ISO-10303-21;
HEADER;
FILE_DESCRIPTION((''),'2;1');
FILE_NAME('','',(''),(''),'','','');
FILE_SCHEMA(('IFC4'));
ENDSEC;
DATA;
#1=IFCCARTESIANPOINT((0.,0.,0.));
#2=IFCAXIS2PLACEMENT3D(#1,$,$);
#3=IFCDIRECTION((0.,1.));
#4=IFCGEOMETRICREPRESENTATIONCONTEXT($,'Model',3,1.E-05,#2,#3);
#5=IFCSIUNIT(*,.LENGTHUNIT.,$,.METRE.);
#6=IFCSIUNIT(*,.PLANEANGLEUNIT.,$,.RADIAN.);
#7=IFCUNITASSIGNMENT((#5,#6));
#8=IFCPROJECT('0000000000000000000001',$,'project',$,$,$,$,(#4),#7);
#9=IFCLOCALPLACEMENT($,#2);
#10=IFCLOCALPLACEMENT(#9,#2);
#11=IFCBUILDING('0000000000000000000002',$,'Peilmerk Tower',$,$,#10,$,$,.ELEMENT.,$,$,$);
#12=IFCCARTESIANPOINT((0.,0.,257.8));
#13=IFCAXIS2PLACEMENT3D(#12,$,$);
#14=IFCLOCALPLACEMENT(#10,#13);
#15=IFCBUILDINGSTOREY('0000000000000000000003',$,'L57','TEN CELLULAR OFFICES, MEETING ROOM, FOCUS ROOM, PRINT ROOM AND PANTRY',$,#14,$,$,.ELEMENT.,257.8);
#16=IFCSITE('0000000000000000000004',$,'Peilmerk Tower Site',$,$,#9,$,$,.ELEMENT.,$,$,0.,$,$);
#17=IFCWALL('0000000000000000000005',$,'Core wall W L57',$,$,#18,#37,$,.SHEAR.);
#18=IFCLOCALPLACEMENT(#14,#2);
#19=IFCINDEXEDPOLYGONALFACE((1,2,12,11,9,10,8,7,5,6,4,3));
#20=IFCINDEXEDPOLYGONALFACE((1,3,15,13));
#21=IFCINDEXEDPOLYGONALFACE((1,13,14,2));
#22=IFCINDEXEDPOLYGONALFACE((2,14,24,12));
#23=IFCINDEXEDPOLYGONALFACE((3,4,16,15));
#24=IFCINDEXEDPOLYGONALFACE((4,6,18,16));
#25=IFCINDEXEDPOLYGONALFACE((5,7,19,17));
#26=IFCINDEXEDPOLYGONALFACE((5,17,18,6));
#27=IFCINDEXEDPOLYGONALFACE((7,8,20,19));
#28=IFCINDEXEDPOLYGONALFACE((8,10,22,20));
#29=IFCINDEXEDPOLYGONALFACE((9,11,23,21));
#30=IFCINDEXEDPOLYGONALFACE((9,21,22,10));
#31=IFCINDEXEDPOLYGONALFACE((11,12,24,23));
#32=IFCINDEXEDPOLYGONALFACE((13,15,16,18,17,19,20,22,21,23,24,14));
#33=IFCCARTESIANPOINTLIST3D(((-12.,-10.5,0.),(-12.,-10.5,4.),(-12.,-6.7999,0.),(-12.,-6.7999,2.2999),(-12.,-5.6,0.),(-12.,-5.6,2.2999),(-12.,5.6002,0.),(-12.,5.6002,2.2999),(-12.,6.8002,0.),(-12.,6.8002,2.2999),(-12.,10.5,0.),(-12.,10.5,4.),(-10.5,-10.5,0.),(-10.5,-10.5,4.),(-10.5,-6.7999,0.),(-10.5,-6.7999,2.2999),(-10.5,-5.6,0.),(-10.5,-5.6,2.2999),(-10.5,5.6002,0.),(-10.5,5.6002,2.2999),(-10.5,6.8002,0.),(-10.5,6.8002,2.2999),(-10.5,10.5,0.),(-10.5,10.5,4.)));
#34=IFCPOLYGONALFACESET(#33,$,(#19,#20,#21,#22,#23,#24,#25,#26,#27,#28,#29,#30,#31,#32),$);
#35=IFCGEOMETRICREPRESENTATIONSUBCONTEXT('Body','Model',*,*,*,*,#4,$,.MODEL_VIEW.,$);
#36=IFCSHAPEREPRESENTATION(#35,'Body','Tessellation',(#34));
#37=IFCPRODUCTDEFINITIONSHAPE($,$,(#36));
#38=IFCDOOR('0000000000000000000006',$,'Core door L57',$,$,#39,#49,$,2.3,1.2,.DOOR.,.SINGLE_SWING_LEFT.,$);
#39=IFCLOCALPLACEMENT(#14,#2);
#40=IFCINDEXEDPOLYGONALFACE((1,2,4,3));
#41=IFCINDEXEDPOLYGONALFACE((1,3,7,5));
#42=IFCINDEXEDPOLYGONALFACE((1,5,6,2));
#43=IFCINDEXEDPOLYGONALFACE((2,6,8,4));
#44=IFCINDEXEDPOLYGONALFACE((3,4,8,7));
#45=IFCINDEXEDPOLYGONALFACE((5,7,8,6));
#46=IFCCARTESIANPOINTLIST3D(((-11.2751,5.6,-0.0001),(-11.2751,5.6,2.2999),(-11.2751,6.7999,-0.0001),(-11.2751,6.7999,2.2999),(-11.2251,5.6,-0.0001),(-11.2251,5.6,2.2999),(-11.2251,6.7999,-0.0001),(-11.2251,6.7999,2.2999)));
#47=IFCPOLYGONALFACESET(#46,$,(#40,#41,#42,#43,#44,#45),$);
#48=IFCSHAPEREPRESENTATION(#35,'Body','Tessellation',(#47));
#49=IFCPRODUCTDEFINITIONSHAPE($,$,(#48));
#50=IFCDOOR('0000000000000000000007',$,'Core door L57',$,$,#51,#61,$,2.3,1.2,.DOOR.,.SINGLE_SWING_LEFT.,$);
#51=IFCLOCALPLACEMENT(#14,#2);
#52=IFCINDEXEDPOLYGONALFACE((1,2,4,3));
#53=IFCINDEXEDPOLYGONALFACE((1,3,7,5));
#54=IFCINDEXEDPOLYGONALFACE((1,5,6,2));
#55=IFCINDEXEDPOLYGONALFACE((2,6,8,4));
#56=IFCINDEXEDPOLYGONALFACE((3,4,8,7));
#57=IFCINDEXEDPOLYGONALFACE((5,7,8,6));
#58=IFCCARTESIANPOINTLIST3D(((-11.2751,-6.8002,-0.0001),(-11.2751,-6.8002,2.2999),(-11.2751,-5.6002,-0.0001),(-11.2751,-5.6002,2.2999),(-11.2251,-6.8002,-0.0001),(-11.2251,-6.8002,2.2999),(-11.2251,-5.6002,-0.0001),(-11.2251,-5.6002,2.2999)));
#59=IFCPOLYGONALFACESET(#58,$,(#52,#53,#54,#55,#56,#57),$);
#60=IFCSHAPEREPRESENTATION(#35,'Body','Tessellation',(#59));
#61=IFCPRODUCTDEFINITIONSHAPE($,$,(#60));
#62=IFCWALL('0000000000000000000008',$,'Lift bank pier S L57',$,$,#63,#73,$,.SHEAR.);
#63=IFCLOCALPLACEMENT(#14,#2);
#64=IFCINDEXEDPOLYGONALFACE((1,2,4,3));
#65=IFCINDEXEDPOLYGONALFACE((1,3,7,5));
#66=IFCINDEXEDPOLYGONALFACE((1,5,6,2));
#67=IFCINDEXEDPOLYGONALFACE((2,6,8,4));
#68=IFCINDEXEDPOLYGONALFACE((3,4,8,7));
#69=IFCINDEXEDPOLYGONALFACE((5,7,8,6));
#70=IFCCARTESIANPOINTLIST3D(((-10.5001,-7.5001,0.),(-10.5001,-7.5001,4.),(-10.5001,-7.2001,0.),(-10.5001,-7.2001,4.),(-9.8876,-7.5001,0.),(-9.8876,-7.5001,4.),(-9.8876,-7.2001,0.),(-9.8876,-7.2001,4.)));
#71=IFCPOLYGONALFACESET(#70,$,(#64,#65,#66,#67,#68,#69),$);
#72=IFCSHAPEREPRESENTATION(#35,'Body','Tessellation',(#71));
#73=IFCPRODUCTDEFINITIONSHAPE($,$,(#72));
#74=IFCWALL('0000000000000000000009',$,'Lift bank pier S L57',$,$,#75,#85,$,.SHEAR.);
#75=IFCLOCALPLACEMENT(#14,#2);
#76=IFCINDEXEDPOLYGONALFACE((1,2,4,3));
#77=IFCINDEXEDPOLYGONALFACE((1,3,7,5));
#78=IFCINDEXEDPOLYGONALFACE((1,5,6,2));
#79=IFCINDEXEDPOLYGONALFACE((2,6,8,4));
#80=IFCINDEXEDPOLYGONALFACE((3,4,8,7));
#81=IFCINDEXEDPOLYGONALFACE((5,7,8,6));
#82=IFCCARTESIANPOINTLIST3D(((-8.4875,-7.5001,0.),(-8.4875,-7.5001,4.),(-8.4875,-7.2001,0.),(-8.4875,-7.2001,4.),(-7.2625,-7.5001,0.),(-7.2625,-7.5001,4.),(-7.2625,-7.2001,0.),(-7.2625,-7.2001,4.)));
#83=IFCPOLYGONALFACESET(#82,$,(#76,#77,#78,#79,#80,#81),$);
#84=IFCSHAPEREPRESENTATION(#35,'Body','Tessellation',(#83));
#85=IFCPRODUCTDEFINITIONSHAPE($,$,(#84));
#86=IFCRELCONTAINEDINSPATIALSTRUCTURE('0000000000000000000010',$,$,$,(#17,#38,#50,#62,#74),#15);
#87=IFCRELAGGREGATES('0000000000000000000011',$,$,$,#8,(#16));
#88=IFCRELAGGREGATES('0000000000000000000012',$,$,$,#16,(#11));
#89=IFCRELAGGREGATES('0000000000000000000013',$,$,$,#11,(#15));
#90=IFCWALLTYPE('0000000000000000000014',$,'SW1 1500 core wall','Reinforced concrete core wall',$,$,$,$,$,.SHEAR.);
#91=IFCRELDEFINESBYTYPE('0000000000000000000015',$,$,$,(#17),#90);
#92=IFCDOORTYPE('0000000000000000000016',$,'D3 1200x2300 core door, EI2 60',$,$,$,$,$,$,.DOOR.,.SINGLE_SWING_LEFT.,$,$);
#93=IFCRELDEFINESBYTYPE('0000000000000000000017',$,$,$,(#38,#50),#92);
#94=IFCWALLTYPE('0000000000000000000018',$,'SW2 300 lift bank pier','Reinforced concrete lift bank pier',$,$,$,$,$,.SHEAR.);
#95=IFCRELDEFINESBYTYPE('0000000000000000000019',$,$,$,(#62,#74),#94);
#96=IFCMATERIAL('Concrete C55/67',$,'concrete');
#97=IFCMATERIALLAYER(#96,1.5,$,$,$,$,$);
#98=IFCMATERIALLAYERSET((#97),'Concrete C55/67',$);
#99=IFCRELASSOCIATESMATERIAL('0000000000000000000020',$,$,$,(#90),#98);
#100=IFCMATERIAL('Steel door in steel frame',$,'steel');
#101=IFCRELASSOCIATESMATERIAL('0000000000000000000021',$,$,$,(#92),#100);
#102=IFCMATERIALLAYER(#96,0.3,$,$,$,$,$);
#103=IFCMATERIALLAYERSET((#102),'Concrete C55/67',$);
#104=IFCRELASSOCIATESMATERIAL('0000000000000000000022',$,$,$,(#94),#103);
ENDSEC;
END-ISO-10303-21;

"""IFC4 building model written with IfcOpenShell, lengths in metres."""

from ifc_helpers import new_model, si_unit, direction, frame, frame_2d, origin, place, context, subcontext, project, spatial, rectangle, extrude, material, layer, layer_set, type_object, element, fill, save


model = new_model("IFC4")

# Units and contexts
model_context = context("Model", 3, precision=1e-05, world=origin(), true_north=direction((0.0, 1.0)))
body_context = subcontext(model_context, "Body", "Model", "MODEL_VIEW")
ifc_project = project(units=[si_unit("LENGTHUNIT", "METRE"), si_unit("PLANEANGLEUNIT", "RADIAN")], contexts=[model_context])

# Site, building, storey
site_placement = place(None, origin())
site = spatial("IfcSite", under=ifc_project, at=site_placement, Name="Peilmerk Tower Site", CompositionType="ELEMENT", RefElevation=0.0)
building_placement = place(site_placement, origin())
building = spatial("IfcBuilding", under=site, at=building_placement, Name="Peilmerk Tower", CompositionType="ELEMENT")
storey_placement = place(building_placement, frame((0.0, 0.0, 257.8)))
storey = spatial("IfcBuildingStorey", under=building, at=storey_placement, Name="L57", Description="TEN CELLULAR OFFICES, MEETING ROOM, FOCUS ROOM, PRINT ROOM AND PANTRY", CompositionType="ELEMENT", Elevation=257.8)

# Wall, openings, doors
ifc_material_1 = material(Name="Concrete C55/67", Category="concrete")
ifc_layer_1 = layer(ifc_material_1, 1.5)
ifc_layer_set_1 = layer_set([ifc_layer_1], Name="Concrete C55/67")
wall_type_1 = type_object("IfcWallType", Name="SW1 1500 core wall", Description="Reinforced concrete core wall", PredefinedType="SHEAR", material=ifc_layer_set_1)
wall_1_placement = place(storey_placement, frame((-11.25, -10.5, 0.0), z_axis=(0.0, 0.0, 1.0), x_axis=(0.0, 1.0, 0.0)))
wall_1 = element("IfcWall", 1, at=wall_1_placement, inside=storey, type_object=wall_type_1, Name="Core wall W L57", PredefinedType="SHEAR", context=body_context, shape_type="SweptSolid", body=[
    extrude(rectangle(XDim=21.0, YDim=1.5, at=frame_2d((10.5, 0.0))), origin(), (0.0, 0.0, 1.0), 4.0),
])
opening_1_placement = place(wall_1_placement, frame((16.1001, 0.0, 0.0)))
opening_1 = element("IfcOpeningElement", 2, at=opening_1_placement, cuts=wall_1, PredefinedType="OPENING", context=body_context, shape_type="SweptSolid", body=[
    extrude(rectangle(XDim=1.2, YDim=2.3, at=frame_2d((0.6001, 1.1499))), frame((0.0, 0.76, 0.0), z_axis=(0.0, -1.0, 0.0), x_axis=(1.0, 0.0, 0.0)), (0.0, 0.0, 1.0), 1.52),
])
opening_2_placement = place(wall_1_placement, frame((3.7, 0.0, 0.0)))
opening_2 = element("IfcOpeningElement", 3, at=opening_2_placement, cuts=wall_1, PredefinedType="OPENING", context=body_context, shape_type="SweptSolid", body=[
    extrude(rectangle(XDim=1.2, YDim=2.3, at=frame_2d((0.6001, 1.1499))), frame((0.0, 0.76, 0.0), z_axis=(0.0, -1.0, 0.0), x_axis=(1.0, 0.0, 0.0)), (0.0, 0.0, 1.0), 1.52),
])
ifc_material_2 = material(Name="Steel door in steel frame", Category="steel")
door_type_1 = type_object("IfcDoorType", Name="D3 1200x2300 core door, EI2 60", OperationType="SINGLE_SWING_LEFT", PredefinedType="DOOR", material=ifc_material_2)
door_1_placement = place(opening_1_placement, frame((1.2, 0.0, 0.0), z_axis=(0.0, 0.0, 1.0), x_axis=(-1.0, 0.0, 0.0)))
door_1 = element("IfcDoor", 4, at=door_1_placement, inside=storey, type_object=door_type_1, Name="Core door L57", OperationType="SINGLE_SWING_LEFT", OverallHeight=2.3, OverallWidth=1.2, PredefinedType="DOOR", context=body_context, shape_type="SweptSolid", body=[
    extrude(rectangle(XDim=1.2, YDim=2.3, at=frame_2d((0.6001, 1.1499))), frame((0.0, 0.0249, 0.0), z_axis=(0.0, -1.0, 0.0), x_axis=(1.0, 0.0, 0.0)), (0.0, 0.0, 1.0), 0.05),
])
fill(opening_1, door_1)
door_2_placement = place(opening_2_placement, frame((1.2, 0.0, 0.0), z_axis=(0.0, 0.0, 1.0), x_axis=(-1.0, 0.0, 0.0)))
door_2 = element("IfcDoor", 5, at=door_2_placement, inside=storey, type_object=door_type_1, Name="Core door L57", OperationType="SINGLE_SWING_LEFT", OverallHeight=2.3, OverallWidth=1.2, PredefinedType="DOOR", context=body_context, shape_type="SweptSolid", body=[
    extrude(rectangle(XDim=1.2, YDim=2.3, at=frame_2d((0.6001, 1.1499))), frame((0.0, 0.0249, 0.0), z_axis=(0.0, -1.0, 0.0), x_axis=(1.0, 0.0, 0.0)), (0.0, 0.0, 1.0), 0.05),
])
fill(opening_2, door_2)

# Walls
ifc_layer_2 = layer(ifc_material_1, 0.3)
ifc_layer_set_2 = layer_set([ifc_layer_2], Name="Concrete C55/67")
wall_type_2 = type_object("IfcWallType", Name="SW2 300 lift bank pier", Description="Reinforced concrete lift bank pier", PredefinedType="SHEAR", material=ifc_layer_set_2)
wall_2_placement = place(storey_placement, frame((-10.5, -7.3501, 0.0), z_axis=(0.0, 0.0, 1.0), x_axis=(1.0, 0.0, 0.0)))
element("IfcWall", 6, at=wall_2_placement, inside=storey, type_object=wall_type_2, Name="Lift bank pier S L57", PredefinedType="SHEAR", context=body_context, shape_type="SweptSolid", body=[
    extrude(rectangle(XDim=0.6125, YDim=0.3, at=frame_2d((0.3062, 0.0))), origin(), (0.0, 0.0, 1.0), 4.0),
])
wall_3_placement = place(storey_placement, frame((-8.4875, -7.3501, 0.0), z_axis=(0.0, 0.0, 1.0), x_axis=(1.0, 0.0, 0.0)))
element("IfcWall", 7, at=wall_3_placement, inside=storey, type_object=wall_type_2, Name="Lift bank pier S L57", PredefinedType="SHEAR", context=body_context, shape_type="SweptSolid", body=[
    extrude(rectangle(XDim=1.2251, YDim=0.3, at=frame_2d((0.6125, 0.0))), origin(), (0.0, 0.0, 1.0), 4.0),
])

save(model, "model.ifc")
